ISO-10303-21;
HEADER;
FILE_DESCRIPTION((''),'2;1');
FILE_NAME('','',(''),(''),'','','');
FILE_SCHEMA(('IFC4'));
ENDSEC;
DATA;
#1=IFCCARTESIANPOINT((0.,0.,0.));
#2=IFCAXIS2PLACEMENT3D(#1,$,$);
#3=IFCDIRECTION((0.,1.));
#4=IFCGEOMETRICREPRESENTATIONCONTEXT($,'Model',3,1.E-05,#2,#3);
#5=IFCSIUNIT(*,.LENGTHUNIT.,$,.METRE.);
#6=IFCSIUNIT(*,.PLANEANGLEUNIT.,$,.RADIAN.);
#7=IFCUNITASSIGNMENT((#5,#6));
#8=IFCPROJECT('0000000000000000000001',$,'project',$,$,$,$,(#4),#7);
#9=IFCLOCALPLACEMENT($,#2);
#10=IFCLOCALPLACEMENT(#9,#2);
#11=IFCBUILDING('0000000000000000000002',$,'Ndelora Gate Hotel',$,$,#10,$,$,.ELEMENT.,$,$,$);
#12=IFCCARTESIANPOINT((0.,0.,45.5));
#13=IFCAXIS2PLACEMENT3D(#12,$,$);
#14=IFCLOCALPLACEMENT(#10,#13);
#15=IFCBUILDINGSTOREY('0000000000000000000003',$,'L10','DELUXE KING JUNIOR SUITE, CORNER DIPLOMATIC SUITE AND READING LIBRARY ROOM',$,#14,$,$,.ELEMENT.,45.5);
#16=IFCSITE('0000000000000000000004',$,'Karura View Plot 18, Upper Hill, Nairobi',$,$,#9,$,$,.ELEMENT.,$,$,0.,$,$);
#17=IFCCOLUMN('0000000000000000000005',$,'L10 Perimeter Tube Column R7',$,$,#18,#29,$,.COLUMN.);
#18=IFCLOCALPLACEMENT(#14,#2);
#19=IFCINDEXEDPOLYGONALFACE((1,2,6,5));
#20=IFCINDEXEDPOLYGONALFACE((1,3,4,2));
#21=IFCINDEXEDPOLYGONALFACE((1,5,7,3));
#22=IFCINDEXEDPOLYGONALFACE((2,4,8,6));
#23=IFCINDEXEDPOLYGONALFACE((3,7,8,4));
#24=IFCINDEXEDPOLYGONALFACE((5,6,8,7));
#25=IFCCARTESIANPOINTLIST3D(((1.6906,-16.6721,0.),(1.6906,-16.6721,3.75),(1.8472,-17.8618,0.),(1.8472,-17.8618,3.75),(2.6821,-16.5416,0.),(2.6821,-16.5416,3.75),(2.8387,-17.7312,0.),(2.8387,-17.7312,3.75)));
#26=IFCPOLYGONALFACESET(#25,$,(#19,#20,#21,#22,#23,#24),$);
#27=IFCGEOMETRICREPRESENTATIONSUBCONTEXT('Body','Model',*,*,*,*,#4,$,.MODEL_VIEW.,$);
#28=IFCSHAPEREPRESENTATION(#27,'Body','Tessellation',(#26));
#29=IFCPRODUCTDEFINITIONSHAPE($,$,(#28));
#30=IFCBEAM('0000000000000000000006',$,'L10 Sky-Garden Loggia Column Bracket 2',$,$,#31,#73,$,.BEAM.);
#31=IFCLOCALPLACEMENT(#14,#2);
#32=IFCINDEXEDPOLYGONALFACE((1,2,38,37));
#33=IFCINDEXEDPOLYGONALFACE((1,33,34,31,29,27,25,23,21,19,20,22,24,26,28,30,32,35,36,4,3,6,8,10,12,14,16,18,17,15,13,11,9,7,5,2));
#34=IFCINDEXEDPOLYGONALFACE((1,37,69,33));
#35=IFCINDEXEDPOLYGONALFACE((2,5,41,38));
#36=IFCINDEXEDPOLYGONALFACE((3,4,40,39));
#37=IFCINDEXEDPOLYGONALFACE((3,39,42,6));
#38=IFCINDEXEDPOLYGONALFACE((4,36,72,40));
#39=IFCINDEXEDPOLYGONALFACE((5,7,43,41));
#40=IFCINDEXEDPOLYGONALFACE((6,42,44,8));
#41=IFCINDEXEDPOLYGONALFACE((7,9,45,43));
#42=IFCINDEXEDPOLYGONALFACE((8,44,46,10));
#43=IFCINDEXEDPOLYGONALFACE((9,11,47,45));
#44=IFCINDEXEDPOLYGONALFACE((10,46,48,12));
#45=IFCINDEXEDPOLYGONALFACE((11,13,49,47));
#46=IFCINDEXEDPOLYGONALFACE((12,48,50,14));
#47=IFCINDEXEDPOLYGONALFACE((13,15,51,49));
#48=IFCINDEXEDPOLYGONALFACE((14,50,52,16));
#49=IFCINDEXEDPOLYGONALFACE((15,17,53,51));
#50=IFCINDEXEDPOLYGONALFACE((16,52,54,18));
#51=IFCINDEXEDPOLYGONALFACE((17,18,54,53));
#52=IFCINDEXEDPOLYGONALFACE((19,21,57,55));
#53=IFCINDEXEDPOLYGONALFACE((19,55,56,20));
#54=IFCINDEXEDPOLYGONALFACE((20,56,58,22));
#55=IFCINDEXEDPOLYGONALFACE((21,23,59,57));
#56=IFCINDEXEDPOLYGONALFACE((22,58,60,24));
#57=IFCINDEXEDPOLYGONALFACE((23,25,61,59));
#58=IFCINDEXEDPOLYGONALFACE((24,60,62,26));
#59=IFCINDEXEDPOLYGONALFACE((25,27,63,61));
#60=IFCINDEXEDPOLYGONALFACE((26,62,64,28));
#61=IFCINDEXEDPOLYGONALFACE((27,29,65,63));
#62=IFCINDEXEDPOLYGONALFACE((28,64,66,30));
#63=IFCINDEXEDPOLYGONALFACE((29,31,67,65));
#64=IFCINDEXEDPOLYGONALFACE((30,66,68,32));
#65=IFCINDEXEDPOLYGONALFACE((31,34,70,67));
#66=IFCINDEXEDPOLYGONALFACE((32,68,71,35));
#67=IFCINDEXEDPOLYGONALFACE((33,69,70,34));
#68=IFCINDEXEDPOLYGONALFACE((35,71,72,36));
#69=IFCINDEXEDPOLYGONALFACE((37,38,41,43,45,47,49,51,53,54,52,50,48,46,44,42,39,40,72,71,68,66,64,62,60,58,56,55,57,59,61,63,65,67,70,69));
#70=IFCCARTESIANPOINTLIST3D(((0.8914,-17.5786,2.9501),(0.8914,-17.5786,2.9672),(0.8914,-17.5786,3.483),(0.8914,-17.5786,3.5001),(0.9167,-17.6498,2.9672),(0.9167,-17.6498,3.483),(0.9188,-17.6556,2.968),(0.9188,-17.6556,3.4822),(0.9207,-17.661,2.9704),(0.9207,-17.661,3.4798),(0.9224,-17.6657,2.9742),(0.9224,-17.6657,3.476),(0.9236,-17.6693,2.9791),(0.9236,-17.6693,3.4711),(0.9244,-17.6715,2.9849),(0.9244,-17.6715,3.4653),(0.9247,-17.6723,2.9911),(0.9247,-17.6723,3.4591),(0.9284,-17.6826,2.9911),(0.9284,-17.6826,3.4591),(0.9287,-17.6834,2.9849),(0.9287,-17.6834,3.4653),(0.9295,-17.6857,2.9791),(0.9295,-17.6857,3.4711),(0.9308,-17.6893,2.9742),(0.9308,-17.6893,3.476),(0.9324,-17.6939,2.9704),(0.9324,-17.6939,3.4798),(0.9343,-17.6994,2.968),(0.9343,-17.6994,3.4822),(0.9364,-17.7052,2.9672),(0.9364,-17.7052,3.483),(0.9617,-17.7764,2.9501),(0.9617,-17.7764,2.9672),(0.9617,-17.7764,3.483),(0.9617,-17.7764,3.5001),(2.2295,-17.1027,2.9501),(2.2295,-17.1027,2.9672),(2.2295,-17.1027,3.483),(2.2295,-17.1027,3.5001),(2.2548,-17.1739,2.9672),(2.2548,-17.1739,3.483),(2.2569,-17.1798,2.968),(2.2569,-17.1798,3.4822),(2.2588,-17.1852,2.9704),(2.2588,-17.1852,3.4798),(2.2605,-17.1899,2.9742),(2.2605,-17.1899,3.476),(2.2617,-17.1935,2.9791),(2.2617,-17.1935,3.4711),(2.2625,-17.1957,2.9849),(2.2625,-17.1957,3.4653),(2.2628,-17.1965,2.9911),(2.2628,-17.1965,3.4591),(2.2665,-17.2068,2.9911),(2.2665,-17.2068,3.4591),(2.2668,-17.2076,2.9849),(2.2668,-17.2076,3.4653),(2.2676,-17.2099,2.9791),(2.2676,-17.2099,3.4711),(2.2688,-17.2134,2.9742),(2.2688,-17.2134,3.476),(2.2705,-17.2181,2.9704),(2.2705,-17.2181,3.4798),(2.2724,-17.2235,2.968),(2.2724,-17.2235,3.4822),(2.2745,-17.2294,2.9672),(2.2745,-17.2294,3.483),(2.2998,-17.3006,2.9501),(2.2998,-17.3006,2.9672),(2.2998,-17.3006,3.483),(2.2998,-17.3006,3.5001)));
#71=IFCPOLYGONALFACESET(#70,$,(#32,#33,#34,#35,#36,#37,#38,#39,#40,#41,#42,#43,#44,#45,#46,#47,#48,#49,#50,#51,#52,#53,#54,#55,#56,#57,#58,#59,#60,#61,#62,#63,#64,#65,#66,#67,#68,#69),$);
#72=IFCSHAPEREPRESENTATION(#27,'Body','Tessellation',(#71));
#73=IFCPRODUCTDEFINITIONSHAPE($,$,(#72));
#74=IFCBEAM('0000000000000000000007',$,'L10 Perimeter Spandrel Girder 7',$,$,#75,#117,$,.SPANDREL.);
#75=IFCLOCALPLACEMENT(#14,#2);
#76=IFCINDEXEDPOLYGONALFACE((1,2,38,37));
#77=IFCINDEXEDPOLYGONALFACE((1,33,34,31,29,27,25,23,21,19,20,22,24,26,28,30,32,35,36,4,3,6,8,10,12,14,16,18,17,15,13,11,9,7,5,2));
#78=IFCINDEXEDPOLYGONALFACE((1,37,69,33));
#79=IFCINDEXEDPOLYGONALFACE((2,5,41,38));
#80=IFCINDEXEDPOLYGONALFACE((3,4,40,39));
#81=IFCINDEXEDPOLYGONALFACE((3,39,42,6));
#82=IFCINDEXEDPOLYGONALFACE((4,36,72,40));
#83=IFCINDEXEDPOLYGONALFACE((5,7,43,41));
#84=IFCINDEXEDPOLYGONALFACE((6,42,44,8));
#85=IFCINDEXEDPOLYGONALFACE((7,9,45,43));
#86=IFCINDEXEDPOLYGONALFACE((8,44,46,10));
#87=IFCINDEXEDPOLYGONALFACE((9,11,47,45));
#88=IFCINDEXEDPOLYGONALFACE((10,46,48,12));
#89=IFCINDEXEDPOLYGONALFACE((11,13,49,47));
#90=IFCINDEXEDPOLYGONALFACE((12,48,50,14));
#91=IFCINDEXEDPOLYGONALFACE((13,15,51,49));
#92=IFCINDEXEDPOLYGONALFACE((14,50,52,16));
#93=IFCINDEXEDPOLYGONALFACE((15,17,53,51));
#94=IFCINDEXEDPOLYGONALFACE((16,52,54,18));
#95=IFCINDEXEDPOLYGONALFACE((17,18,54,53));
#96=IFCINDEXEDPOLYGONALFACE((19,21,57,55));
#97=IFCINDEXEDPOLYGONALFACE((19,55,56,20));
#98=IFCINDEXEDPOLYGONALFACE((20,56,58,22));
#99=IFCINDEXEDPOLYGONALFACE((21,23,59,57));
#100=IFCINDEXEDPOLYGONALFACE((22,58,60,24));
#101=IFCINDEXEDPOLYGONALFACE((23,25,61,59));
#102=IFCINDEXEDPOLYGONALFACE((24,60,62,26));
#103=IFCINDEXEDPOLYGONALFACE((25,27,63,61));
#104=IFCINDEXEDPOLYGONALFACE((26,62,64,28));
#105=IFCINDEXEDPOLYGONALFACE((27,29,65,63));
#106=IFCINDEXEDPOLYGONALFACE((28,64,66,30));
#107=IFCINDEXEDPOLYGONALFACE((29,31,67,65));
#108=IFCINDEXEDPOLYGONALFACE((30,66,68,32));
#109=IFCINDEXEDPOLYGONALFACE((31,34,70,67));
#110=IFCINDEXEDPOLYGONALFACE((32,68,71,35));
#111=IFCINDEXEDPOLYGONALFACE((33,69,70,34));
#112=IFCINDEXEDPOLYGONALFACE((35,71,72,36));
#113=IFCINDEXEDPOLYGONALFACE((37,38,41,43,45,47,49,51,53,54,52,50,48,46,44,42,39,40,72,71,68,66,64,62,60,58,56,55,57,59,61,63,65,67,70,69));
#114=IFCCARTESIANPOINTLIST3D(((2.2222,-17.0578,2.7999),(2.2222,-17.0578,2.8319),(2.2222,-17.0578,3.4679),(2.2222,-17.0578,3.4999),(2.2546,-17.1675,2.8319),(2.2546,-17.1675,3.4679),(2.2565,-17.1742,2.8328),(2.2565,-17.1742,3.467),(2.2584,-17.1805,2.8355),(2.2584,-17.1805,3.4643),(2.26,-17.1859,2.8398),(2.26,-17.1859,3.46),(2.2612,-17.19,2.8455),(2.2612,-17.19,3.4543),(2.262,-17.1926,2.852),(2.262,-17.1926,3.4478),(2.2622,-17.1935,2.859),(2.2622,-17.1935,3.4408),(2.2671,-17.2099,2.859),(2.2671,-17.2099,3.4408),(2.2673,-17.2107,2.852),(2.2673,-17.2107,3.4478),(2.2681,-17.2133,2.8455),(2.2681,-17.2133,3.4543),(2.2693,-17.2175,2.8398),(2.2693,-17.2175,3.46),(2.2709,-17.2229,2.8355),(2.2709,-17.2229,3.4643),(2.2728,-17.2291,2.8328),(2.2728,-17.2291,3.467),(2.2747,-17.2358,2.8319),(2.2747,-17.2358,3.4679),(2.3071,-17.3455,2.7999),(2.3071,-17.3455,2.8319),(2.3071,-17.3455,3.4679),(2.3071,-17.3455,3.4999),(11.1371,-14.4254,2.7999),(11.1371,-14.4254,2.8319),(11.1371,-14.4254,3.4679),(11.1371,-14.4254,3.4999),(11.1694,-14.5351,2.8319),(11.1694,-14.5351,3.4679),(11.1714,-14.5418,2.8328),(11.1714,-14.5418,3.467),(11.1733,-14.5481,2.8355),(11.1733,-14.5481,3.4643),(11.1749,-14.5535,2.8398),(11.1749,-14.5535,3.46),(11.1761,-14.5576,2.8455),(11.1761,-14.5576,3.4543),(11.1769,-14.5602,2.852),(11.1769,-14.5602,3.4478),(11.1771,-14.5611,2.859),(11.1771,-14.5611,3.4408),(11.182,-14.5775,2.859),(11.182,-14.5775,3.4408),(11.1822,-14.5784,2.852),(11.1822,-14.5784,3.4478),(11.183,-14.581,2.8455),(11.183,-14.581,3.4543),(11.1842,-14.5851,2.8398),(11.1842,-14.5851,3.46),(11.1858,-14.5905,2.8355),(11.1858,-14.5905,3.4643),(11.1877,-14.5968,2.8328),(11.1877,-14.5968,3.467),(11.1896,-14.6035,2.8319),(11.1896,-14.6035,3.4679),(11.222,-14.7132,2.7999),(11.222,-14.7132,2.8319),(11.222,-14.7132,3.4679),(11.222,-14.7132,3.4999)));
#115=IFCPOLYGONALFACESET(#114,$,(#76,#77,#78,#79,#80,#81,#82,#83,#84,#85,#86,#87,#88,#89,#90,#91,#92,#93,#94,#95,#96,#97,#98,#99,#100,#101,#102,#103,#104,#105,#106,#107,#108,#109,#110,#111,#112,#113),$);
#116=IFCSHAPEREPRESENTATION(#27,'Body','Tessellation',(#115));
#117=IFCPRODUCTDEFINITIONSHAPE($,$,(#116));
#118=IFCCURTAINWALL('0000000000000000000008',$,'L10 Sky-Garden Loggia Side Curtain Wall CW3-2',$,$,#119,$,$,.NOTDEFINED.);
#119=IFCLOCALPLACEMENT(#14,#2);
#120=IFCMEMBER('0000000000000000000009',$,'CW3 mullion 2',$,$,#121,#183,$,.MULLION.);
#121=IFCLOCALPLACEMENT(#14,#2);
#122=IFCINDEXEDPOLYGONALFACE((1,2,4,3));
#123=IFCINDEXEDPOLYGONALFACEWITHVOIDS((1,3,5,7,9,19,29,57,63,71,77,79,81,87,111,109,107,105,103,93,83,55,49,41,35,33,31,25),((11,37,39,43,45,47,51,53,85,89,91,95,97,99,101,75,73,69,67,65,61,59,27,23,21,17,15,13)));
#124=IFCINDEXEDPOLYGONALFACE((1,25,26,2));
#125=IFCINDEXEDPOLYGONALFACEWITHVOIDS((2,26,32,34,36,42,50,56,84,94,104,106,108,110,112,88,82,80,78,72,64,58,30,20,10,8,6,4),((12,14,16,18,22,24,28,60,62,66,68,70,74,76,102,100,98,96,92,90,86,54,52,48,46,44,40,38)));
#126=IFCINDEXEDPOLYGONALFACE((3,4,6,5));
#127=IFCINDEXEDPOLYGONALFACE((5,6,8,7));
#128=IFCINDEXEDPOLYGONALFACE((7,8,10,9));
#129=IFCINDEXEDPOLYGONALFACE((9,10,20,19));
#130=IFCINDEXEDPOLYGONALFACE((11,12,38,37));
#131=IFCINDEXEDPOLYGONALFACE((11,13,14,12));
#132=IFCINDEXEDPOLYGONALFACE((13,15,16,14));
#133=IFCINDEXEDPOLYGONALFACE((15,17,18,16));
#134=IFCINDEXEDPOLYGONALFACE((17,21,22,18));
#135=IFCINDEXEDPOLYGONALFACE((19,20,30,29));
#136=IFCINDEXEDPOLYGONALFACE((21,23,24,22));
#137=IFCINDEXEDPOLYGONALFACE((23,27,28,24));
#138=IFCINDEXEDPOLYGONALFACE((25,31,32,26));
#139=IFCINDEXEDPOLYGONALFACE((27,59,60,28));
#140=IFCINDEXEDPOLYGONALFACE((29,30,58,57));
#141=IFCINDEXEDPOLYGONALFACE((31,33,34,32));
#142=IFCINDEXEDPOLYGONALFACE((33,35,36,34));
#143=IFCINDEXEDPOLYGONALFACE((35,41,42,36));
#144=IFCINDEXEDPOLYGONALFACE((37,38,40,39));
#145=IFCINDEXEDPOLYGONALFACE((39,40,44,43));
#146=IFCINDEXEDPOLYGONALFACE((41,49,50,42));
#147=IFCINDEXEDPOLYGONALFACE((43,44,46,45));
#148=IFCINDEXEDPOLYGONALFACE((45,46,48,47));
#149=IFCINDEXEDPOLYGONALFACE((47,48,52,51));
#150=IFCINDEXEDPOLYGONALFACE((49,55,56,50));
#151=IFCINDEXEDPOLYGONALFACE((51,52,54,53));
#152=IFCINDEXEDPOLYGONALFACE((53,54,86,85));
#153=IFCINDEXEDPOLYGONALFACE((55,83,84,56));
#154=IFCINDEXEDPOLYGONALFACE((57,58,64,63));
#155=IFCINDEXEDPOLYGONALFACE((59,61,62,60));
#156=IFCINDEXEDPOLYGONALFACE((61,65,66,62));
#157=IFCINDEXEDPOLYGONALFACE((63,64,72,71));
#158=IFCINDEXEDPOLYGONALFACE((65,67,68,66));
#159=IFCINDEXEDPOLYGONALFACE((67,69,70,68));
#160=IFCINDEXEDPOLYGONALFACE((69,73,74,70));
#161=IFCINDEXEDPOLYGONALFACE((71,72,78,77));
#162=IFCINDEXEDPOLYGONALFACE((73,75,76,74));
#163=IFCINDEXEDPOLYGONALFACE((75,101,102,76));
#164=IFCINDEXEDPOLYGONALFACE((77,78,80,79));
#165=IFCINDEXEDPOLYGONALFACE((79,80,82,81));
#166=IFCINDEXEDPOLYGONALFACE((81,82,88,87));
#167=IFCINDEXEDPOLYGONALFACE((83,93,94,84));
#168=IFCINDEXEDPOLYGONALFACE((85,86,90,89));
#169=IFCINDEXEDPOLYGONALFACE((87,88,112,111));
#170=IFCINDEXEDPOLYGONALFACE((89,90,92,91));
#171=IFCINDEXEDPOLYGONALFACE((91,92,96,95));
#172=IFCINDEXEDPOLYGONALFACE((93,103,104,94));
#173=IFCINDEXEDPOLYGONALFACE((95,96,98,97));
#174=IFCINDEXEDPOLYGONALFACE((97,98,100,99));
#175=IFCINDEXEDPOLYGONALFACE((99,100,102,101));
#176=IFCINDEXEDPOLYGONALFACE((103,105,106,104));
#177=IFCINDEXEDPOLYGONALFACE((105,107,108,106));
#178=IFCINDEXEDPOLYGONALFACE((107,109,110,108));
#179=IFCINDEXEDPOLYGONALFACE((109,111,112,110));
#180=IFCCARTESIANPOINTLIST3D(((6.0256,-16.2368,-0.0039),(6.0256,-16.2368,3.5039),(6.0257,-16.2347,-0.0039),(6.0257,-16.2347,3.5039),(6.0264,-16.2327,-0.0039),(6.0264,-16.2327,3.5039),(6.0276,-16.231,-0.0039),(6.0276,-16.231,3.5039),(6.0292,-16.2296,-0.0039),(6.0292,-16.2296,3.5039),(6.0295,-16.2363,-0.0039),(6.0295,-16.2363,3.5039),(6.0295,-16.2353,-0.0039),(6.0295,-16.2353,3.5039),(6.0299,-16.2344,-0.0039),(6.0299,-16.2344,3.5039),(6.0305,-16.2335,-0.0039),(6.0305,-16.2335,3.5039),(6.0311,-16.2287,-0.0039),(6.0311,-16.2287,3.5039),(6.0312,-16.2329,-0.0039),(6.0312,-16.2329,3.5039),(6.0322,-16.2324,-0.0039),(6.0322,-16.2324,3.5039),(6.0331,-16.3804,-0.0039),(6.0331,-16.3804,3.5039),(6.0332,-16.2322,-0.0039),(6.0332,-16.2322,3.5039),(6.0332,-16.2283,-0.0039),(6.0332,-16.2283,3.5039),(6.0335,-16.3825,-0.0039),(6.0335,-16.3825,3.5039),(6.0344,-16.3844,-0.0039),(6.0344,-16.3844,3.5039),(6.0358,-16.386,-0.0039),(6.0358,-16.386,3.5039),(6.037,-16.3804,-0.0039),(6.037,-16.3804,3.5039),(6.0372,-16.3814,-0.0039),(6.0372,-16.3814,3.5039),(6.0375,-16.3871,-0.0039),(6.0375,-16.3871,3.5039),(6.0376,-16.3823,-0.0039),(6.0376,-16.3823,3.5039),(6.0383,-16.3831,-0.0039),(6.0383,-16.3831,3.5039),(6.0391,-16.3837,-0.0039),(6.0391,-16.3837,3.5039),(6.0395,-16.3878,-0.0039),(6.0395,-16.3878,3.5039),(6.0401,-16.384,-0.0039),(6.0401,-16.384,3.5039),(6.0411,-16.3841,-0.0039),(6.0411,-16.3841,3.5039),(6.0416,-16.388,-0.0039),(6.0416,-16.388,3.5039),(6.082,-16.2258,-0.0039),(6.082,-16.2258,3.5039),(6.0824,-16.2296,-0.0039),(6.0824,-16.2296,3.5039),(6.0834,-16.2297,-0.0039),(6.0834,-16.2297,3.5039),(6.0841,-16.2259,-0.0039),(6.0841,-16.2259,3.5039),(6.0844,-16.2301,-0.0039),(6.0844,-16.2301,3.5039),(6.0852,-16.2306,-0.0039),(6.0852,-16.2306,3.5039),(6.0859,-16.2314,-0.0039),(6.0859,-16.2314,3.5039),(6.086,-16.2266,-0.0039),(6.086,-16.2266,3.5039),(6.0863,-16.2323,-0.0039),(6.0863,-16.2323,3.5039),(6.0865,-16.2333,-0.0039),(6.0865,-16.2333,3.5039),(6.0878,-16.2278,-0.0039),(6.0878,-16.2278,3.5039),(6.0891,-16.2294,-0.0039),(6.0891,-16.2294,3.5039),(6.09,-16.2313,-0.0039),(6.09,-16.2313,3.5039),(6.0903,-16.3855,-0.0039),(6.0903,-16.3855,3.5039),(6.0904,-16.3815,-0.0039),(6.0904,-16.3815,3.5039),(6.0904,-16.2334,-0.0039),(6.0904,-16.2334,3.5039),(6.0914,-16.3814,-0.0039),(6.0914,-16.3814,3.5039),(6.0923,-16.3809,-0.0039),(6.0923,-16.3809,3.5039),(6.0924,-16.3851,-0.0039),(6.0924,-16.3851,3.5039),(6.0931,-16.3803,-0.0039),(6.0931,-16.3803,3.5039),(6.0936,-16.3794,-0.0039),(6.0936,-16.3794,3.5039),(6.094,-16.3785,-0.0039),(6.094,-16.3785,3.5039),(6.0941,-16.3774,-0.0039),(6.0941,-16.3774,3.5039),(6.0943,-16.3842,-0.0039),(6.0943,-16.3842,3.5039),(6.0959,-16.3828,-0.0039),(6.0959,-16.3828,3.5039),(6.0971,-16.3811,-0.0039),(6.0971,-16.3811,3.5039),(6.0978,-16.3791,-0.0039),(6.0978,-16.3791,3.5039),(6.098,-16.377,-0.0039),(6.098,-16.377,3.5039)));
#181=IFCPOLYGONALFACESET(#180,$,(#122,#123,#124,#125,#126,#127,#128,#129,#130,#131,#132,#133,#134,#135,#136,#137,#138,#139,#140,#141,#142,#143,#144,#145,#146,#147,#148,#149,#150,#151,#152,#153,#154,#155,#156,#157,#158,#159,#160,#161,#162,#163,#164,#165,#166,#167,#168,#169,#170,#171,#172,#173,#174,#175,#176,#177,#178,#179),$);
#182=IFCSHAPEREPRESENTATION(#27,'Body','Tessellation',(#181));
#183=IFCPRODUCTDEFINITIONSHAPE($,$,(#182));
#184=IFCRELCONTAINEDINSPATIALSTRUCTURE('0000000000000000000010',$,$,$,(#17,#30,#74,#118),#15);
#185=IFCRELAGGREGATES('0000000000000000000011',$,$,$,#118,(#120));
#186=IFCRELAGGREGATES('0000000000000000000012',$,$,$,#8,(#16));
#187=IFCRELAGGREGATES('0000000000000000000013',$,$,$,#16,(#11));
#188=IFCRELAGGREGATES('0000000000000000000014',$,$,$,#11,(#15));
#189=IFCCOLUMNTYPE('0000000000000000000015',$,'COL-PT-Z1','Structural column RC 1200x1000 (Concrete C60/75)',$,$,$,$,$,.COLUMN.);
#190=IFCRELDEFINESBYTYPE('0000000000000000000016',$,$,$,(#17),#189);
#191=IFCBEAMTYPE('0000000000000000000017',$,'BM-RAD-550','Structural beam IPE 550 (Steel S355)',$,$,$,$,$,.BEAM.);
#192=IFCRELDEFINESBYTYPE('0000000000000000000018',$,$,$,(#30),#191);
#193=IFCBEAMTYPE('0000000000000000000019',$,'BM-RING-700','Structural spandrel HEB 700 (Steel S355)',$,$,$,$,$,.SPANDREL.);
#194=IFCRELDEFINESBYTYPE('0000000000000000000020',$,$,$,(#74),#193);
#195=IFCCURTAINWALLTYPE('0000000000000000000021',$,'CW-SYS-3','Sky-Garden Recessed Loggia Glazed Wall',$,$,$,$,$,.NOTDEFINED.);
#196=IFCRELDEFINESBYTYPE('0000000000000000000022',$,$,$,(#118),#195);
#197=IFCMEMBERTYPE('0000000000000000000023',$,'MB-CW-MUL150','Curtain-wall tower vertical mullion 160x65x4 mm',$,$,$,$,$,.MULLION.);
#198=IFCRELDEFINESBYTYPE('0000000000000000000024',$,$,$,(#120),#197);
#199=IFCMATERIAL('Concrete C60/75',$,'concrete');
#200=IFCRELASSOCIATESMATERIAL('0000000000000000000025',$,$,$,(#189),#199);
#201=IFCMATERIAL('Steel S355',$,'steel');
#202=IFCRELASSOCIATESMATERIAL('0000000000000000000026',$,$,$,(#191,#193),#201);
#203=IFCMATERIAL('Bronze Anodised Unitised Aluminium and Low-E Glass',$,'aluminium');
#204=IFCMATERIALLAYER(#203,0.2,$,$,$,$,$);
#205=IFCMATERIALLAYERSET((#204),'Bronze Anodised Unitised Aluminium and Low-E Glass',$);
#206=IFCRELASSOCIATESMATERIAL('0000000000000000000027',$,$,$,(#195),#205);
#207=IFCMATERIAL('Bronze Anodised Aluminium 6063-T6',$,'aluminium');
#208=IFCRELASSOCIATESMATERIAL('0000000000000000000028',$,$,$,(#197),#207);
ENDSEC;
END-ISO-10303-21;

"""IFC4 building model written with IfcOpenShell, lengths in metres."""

from ifc_helpers import new_model, si_unit, direction, frame, origin, origin_2d, place, context, subcontext, project, spatial, rectangle, hollow_rectangle, i_section, extrude, material, layer, layer_set, material_profile, profile_set, type_object, element, aggregate, save


model = new_model("IFC4")

# Units and contexts
model_context = context("Model", 3, precision=1e-05, world=origin(), true_north=direction((0.0, 1.0)))
body_context = subcontext(model_context, "Body", "Model", "MODEL_VIEW")
ifc_project = project(units=[si_unit("LENGTHUNIT", "METRE"), si_unit("PLANEANGLEUNIT", "RADIAN")], contexts=[model_context])

# Site, building, storey
site_placement = place(None, origin())
site = spatial("IfcSite", under=ifc_project, at=site_placement, Name="Karura View Plot 18, Upper Hill, Nairobi", CompositionType="ELEMENT", RefElevation=0.0)
building_placement = place(site_placement, origin())
building = spatial("IfcBuilding", under=site, at=building_placement, Name="Ndelora Gate Hotel", CompositionType="ELEMENT")
storey_placement = place(building_placement, frame((0.0, 0.0, 45.5)))
storey = spatial("IfcBuildingStorey", under=building, at=storey_placement, Name="L10", Description="DELUXE KING JUNIOR SUITE, CORNER DIPLOMATIC SUITE AND READING LIBRARY ROOM", CompositionType="ELEMENT", Elevation=45.5)

# Column
ifc_material_1 = material(Name="Concrete C60/75", Category="concrete")
ifc_material_profile_1 = material_profile(ifc_material_1, rectangle(XDim=1.0, YDim=1.2, at=origin_2d()), Name="RC 1200x1000")
ifc_profile_set_1 = profile_set([ifc_material_profile_1], Name="Concrete C60/75")
column_type = type_object("IfcColumnType", Name="COL-PT-Z1", Description="Structural column RC 1200x1000 (Concrete C60/75)", PredefinedType="COLUMN", material=ifc_profile_set_1)
column_placement = place(storey_placement, frame((2.2646, -17.2017, 0.0), z_axis=(0.0, 0.0, 1.0), x_axis=(0.991445, 0.130526, 0.0)))
element("IfcColumn", 1, at=column_placement, inside=storey, type_object=column_type, Name="L10 Perimeter Tube Column R7", PredefinedType="COLUMN", context=body_context, shape_type="SweptSolid", body=[
    extrude(rectangle(XDim=1.0, YDim=1.2, at=origin_2d()), origin(), (0.0, 0.0, 1.0), 3.75),
])

# Beams
ifc_material_2 = material(Name="Steel S355", Category="steel")
ifc_material_profile_2 = material_profile(ifc_material_2, i_section(OverallWidth=0.21, OverallDepth=0.55, WebThickness=0.011, FlangeThickness=0.0171, FilletRadius=0.0239, at=origin_2d()), Name="IPE 550")
ifc_profile_set_2 = profile_set([ifc_material_profile_2], Name="Steel S355")
beam_type_1 = type_object("IfcBeamType", Name="BM-RAD-550", Description="Structural beam IPE 550 (Steel S355)", PredefinedType="BEAM", material=ifc_profile_set_2)
beam_1_placement = place(storey_placement, frame((2.2646, -17.2017, 3.2251), z_axis=(-0.942204, -0.33504, 0.0), x_axis=(0.33504, -0.942204, 0.0)))
element("IfcBeam", 2, at=beam_1_placement, inside=storey, type_object=beam_type_1, Name="L10 Sky-Garden Loggia Column Bracket 2", PredefinedType="BEAM", context=body_context, shape_type="SweptSolid", body=[
    extrude(i_section(OverallWidth=0.21, OverallDepth=0.55, WebThickness=0.011, FlangeThickness=0.0171, FilletRadius=0.0239, at=origin_2d()), origin(), (0.0, 0.0, 1.0), 1.4202),
])
ifc_material_profile_3 = material_profile(ifc_material_2, i_section(OverallWidth=0.3, OverallDepth=0.7, WebThickness=0.0171, FlangeThickness=0.032, FilletRadius=0.0271, at=origin_2d()), Name="HEB 700")
ifc_profile_set_3 = profile_set([ifc_material_profile_3], Name="Steel S355")
beam_type_2 = type_object("IfcBeamType", Name="BM-RING-700", Description="Structural spandrel HEB 700 (Steel S355)", PredefinedType="SPANDREL", material=ifc_profile_set_3)
beam_2_placement = place(storey_placement, frame((2.2646, -17.2017, 3.1499), z_axis=(0.959064, 0.283189, 0.0), x_axis=(-0.283189, 0.959064, 0.0)))
element("IfcBeam", 3, at=beam_2_placement, inside=storey, type_object=beam_type_2, Name="L10 Perimeter Spandrel Girder 7", PredefinedType="SPANDREL", context=body_context, shape_type="SweptSolid", body=[
    extrude(i_section(OverallWidth=0.3, OverallDepth=0.7, WebThickness=0.0171, FlangeThickness=0.032, FilletRadius=0.0271, at=origin_2d()), origin(), (0.0, 0.0, 1.0), 9.2954),
])

# Curtain wall, member
ifc_material_3 = material(Name="Bronze Anodised Unitised Aluminium and Low-E Glass", Category="aluminium")
ifc_layer_1 = layer(ifc_material_3, 0.2)
ifc_layer_set_1 = layer_set([ifc_layer_1], Name="Bronze Anodised Unitised Aluminium and Low-E Glass")
curtain_wall_type = type_object("IfcCurtainWallType", Name="CW-SYS-3", Description="Sky-Garden Recessed Loggia Glazed Wall", PredefinedType="NOTDEFINED", material=ifc_layer_set_1)
curtain_wall_placement = place(storey_placement, origin())
curtain_wall = element("IfcCurtainWall", 4, at=curtain_wall_placement, inside=storey, type_object=curtain_wall_type, Name="L10 Sky-Garden Loggia Side Curtain Wall CW3-2", PredefinedType="NOTDEFINED")
ifc_material_4 = material(Name="Bronze Anodised Aluminium 6063-T6", Category="aluminium")
ifc_material_profile_4 = material_profile(ifc_material_4, hollow_rectangle(XDim=0.0649, YDim=0.1599, WallThickness=0.0039, InnerFilletRadius=0.0039, OuterFilletRadius=0.0081, at=origin_2d()), Name="ALU 160x65x4")
ifc_profile_set_4 = profile_set([ifc_material_profile_4], Name="Bronze Anodised Aluminium 6063-T6")
member_type_1 = type_object("IfcMemberType", Name="MB-CW-MUL150", Description="Curtain-wall tower vertical mullion 160x65x4 mm", PredefinedType="MULLION", material=ifc_profile_set_4)
member_1_placement = place(storey_placement, frame((6.0618, -16.3069, -0.0039), z_axis=(0.0, 0.0, 1.0), x_axis=(-0.99863, -0.052318, 0.0)))
member_1 = element("IfcMember", 5, at=member_1_placement, type_object=member_type_1, Name="CW3 mullion 2", PredefinedType="MULLION", context=body_context, shape_type="SweptSolid", body=[
    extrude(hollow_rectangle(XDim=0.0649, YDim=0.1599, WallThickness=0.0039, InnerFilletRadius=0.0039, OuterFilletRadius=0.0081, at=origin_2d()), origin(), (0.0, 0.0, 1.0), 3.5078),
])
aggregate(curtain_wall, [member_1])

save(model, "model.ifc")
